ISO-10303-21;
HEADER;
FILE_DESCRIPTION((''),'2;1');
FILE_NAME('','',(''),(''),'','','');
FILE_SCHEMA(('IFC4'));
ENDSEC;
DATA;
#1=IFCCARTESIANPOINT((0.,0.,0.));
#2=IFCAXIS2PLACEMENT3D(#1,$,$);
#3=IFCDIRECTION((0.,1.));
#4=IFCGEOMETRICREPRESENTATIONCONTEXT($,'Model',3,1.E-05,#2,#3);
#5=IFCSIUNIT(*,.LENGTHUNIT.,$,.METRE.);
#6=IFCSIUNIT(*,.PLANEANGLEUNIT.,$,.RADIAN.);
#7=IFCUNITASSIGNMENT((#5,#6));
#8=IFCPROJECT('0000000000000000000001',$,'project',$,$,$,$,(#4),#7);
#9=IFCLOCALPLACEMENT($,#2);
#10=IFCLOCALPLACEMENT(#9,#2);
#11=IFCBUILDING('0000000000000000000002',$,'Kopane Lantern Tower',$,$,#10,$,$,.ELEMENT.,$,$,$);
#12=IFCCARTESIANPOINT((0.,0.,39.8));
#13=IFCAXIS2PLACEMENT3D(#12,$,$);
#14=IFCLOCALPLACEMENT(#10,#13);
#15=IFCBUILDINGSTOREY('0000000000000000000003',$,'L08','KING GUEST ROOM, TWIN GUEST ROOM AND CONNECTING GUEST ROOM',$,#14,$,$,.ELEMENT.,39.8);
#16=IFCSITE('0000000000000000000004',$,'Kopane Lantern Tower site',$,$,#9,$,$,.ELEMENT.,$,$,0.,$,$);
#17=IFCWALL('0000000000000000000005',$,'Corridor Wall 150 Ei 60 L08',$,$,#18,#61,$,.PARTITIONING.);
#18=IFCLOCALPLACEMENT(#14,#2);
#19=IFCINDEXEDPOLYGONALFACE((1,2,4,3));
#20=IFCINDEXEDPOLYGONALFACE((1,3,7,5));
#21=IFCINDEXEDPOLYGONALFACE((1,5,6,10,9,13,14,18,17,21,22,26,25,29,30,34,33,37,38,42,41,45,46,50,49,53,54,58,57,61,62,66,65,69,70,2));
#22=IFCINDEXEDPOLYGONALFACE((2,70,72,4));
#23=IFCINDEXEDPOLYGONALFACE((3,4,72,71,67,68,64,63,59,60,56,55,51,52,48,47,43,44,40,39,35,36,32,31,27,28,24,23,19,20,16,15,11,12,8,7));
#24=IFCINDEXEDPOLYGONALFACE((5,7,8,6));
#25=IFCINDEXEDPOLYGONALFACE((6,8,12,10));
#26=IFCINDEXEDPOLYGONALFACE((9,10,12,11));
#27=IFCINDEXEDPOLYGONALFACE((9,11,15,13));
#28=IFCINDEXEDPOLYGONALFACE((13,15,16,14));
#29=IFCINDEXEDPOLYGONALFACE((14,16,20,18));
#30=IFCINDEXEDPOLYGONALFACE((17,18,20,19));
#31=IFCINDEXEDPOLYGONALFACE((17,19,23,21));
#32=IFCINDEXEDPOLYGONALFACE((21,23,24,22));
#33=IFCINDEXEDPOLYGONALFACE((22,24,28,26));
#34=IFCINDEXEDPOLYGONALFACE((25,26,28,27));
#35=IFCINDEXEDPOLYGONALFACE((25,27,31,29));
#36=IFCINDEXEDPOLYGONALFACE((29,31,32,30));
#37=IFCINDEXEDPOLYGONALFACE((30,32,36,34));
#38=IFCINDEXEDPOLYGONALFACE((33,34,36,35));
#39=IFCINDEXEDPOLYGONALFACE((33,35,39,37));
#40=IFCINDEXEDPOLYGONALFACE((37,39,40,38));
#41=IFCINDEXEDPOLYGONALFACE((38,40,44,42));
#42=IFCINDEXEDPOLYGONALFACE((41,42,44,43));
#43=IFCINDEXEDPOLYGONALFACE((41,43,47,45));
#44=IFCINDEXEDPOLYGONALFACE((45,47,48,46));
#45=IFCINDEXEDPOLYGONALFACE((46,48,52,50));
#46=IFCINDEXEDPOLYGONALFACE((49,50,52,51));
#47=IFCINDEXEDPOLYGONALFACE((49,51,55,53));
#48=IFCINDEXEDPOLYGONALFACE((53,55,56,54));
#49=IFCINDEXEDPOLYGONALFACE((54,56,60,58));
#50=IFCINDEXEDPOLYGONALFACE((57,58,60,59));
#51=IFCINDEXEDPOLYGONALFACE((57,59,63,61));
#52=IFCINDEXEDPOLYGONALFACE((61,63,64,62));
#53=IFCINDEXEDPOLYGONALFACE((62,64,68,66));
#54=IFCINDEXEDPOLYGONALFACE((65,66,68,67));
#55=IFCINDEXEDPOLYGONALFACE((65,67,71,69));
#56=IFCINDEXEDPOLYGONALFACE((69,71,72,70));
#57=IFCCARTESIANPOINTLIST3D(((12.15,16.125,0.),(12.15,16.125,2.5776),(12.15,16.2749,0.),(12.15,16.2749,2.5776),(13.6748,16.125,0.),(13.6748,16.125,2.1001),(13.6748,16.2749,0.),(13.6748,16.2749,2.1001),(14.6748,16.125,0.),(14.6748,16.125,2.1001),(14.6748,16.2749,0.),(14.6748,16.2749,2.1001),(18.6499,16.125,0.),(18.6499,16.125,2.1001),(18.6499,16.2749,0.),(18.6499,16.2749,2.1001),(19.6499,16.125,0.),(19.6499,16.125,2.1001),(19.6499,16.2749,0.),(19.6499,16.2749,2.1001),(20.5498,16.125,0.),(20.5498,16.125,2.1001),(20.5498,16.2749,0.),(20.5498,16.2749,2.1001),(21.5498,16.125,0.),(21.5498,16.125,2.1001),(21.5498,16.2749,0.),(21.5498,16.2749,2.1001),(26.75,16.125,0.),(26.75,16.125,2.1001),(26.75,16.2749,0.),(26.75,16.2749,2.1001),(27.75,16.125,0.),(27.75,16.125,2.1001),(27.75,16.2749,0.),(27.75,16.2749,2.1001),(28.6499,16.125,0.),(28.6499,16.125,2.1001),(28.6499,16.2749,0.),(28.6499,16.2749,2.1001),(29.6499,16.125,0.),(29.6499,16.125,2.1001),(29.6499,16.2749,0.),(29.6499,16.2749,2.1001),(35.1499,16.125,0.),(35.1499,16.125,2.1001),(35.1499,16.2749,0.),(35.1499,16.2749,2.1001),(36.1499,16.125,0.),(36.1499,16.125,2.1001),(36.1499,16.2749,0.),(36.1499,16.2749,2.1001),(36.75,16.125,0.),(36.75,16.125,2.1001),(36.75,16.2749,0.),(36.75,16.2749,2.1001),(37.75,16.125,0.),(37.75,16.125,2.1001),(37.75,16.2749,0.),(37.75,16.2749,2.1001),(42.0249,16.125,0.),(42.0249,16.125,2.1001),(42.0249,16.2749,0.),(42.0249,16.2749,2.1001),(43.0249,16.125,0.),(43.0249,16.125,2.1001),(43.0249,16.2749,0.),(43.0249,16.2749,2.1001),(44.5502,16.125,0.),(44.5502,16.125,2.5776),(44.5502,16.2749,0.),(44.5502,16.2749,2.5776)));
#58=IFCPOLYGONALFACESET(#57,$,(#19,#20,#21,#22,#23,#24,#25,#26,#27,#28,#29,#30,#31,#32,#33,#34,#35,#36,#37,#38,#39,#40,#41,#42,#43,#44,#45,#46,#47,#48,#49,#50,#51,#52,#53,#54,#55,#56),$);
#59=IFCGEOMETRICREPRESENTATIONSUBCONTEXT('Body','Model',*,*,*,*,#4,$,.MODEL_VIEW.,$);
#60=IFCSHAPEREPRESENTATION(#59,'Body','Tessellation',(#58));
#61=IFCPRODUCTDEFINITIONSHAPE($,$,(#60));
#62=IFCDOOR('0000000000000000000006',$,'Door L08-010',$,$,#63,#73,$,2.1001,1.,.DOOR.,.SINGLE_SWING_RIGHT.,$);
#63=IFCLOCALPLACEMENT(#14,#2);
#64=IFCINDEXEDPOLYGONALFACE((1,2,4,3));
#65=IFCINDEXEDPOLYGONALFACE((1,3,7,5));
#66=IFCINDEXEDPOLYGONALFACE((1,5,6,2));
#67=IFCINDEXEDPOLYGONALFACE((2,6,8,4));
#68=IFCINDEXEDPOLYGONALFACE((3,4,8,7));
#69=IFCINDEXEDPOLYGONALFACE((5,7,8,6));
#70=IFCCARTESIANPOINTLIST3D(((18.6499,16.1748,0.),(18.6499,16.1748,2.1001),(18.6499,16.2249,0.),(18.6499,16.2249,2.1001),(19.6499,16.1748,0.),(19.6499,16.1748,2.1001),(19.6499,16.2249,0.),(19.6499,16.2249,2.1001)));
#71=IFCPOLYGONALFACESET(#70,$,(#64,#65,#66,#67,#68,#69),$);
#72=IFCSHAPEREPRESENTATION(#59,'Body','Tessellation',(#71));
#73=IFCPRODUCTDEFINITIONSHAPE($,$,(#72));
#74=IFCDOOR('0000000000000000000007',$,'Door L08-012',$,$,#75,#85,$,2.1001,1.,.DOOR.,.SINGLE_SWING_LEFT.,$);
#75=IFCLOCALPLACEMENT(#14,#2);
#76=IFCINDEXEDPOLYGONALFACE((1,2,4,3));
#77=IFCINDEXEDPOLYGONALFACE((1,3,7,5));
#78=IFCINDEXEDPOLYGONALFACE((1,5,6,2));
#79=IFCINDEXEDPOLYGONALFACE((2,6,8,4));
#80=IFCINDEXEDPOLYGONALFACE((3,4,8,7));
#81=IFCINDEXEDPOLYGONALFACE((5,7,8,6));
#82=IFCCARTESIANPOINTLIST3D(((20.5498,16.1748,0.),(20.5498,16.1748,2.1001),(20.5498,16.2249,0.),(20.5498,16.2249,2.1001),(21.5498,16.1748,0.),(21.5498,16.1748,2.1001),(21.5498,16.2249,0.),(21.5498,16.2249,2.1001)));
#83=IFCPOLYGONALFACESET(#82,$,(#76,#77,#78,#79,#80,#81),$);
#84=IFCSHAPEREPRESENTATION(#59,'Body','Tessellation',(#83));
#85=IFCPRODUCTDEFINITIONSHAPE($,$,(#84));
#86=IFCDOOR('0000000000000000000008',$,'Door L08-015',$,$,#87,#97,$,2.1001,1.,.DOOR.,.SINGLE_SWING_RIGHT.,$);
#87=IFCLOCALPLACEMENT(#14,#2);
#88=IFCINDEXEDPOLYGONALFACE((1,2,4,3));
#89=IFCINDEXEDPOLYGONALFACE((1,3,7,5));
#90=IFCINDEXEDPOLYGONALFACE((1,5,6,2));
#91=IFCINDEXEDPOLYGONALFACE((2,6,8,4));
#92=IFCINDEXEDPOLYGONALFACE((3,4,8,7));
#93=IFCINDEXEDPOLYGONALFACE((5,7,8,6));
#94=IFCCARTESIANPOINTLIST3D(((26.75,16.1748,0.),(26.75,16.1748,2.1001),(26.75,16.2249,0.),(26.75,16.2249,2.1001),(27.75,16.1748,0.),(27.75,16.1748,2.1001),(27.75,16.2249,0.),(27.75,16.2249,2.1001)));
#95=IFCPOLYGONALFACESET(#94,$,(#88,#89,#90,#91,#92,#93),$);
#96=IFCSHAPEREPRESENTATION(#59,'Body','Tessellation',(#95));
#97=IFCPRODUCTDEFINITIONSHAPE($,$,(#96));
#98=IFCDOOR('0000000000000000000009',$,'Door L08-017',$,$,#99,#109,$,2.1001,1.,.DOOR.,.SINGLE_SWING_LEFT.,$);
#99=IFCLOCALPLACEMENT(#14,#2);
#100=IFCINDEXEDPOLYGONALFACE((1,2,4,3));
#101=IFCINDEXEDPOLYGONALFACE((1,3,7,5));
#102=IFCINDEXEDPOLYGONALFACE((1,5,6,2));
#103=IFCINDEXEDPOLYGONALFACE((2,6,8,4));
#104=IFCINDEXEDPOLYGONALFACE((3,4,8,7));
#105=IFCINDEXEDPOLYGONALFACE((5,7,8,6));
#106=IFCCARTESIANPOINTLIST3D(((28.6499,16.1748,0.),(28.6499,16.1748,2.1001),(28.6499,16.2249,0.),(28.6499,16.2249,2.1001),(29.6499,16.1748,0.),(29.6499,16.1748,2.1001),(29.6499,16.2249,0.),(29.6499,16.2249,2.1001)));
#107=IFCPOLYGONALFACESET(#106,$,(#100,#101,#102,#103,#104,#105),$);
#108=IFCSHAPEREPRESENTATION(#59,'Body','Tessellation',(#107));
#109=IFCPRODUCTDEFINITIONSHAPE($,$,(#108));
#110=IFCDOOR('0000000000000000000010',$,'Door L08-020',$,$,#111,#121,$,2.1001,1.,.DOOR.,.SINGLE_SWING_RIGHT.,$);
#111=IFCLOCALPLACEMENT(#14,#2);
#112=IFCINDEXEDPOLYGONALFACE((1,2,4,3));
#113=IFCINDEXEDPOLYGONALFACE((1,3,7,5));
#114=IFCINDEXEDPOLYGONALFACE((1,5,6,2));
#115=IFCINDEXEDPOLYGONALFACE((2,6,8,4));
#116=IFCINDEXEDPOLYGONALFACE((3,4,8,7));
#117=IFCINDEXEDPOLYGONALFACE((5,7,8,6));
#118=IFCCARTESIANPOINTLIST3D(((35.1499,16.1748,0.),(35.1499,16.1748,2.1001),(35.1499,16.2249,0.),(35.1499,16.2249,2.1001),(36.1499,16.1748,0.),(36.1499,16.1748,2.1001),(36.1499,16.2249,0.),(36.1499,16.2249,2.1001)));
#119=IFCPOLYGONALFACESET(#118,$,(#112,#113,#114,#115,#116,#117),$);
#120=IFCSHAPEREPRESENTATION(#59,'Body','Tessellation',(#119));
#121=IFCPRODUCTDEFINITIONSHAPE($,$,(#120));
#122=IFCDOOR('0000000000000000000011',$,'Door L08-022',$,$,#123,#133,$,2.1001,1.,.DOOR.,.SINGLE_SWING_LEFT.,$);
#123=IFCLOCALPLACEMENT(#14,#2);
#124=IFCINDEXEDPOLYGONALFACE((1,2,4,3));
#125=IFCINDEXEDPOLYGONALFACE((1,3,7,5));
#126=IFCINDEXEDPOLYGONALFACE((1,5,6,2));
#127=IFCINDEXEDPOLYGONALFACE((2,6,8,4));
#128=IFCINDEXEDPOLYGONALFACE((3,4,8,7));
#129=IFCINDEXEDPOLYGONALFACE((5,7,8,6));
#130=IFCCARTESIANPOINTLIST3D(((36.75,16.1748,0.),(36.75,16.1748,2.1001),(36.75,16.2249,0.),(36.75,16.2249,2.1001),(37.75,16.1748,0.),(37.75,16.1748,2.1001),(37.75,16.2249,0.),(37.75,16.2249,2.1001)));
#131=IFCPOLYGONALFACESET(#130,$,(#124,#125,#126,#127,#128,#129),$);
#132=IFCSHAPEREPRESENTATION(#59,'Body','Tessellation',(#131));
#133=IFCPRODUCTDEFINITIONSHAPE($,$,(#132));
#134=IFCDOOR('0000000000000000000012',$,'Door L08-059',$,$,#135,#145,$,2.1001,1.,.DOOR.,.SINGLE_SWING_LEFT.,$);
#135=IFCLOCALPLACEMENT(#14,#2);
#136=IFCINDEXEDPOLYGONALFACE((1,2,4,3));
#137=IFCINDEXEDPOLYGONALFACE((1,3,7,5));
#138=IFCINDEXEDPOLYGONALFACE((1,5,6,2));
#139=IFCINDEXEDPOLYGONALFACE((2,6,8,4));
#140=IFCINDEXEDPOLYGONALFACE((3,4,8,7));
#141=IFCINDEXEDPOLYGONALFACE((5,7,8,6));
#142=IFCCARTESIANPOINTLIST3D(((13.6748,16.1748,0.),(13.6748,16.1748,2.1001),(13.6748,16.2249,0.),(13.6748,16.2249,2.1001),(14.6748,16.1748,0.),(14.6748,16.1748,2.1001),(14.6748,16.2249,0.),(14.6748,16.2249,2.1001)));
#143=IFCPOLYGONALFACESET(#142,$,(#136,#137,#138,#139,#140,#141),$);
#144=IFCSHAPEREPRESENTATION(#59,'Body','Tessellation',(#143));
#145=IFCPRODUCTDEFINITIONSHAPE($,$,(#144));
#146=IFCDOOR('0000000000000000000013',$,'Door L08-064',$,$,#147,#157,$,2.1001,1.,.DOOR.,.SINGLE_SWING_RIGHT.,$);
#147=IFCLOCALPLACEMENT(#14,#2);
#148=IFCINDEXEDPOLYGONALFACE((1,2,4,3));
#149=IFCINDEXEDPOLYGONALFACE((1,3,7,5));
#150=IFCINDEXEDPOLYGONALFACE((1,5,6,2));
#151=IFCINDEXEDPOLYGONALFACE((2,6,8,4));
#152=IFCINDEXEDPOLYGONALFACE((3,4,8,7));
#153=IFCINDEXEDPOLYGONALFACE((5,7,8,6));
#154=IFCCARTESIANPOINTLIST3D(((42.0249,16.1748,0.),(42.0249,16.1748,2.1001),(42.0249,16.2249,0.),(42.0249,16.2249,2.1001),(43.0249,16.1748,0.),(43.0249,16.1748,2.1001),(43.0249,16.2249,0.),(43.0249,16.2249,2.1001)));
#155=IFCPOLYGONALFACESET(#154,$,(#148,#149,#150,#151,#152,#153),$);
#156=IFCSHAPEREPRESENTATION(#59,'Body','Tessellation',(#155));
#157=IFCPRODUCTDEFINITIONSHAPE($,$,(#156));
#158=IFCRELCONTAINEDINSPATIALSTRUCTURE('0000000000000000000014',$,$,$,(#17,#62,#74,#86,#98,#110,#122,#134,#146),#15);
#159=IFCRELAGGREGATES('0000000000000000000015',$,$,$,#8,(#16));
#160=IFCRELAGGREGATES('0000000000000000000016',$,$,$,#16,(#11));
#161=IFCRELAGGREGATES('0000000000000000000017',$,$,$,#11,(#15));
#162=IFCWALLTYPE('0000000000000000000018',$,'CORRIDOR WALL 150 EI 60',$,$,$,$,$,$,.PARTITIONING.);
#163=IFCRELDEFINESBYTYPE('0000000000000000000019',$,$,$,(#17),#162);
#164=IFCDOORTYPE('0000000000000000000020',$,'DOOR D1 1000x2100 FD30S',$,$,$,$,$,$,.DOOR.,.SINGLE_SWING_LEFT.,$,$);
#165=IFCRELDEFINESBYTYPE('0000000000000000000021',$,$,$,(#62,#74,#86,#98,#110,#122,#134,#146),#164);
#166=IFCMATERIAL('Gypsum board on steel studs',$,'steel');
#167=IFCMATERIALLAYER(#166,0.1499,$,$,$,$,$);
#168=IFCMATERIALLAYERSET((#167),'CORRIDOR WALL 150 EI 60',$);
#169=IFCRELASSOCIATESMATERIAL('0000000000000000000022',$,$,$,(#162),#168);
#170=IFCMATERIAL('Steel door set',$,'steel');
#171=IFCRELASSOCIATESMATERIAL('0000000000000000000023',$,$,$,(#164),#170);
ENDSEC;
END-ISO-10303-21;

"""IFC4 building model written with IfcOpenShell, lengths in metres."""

from ifc_helpers import new_model, si_unit, direction, frame, frame_2d, origin, place, context, subcontext, project, spatial, rectangle, extrude, material, layer, layer_set, type_object, element, fill, save


model = new_model("IFC4")

# Units and contexts
model_context = context("Model", 3, precision=1e-05, world=origin(), true_north=direction((0.0, 1.0)))
body_context = subcontext(model_context, "Body", "Model", "MODEL_VIEW")
ifc_project = project(units=[si_unit("LENGTHUNIT", "METRE"), si_unit("PLANEANGLEUNIT", "RADIAN")], contexts=[model_context])

# Site, building, storey
site_placement = place(None, origin())
site = spatial("IfcSite", under=ifc_project, at=site_placement, Name="Kopane Lantern Tower site", CompositionType="ELEMENT", RefElevation=0.0)
building_placement = place(site_placement, origin())
building = spatial("IfcBuilding", under=site, at=building_placement, Name="Kopane Lantern Tower", CompositionType="ELEMENT")
storey_placement = place(building_placement, frame((0.0, 0.0, 39.8)))
storey = spatial("IfcBuildingStorey", under=building, at=storey_placement, Name="L08", Description="KING GUEST ROOM, TWIN GUEST ROOM AND CONNECTING GUEST ROOM", CompositionType="ELEMENT", Elevation=39.8)

# Wall, openings, doors
ifc_material_1 = material(Name="Gypsum board on steel studs", Category="steel")
ifc_layer_1 = layer(ifc_material_1, 0.1499)
ifc_layer_set_1 = layer_set([ifc_layer_1], Name="CORRIDOR WALL 150 EI 60")
wall_type_1 = type_object("IfcWallType", Name="CORRIDOR WALL 150 EI 60", PredefinedType="PARTITIONING", material=ifc_layer_set_1)
wall_1_placement = place(storey_placement, frame((12.1499, 16.2, 0.0), z_axis=(0.0, 0.0, 1.0), x_axis=(1.0, 0.0, 0.0)))
wall_1 = element("IfcWall", 1, at=wall_1_placement, inside=storey, type_object=wall_type_1, Name="Corridor Wall 150 Ei 60 L08", PredefinedType="PARTITIONING", context=body_context, shape_type="SweptSolid", body=[
    extrude(rectangle(XDim=32.4001, YDim=0.1499, at=frame_2d((16.2002, 0.0))), origin(), (0.0, 0.0, 1.0), 2.5776),
])
opening_1_placement = place(wall_1_placement, frame((6.5, 0.0, 0.0)))
opening_1 = element("IfcOpeningElement", 2, at=opening_1_placement, cuts=wall_1, PredefinedType="OPENING", context=body_context, shape_type="SweptSolid", body=[
    extrude(rectangle(XDim=1.0, YDim=2.1001, at=frame_2d((0.5, 1.05))), frame((0.0, 0.085, 0.0), z_axis=(0.0, -1.0, 0.0), x_axis=(1.0, 0.0, 0.0)), (0.0, 0.0, 1.0), 0.1699),
])
opening_2_placement = place(wall_1_placement, frame((8.3999, 0.0, 0.0)))
opening_2 = element("IfcOpeningElement", 3, at=opening_2_placement, cuts=wall_1, PredefinedType="OPENING", context=body_context, shape_type="SweptSolid", body=[
    extrude(rectangle(XDim=1.0, YDim=2.1001, at=frame_2d((0.5, 1.05))), frame((0.0, 0.085, 0.0), z_axis=(0.0, -1.0, 0.0), x_axis=(1.0, 0.0, 0.0)), (0.0, 0.0, 1.0), 0.1699),
])
opening_3_placement = place(wall_1_placement, frame((14.6001, 0.0, 0.0)))
opening_3 = element("IfcOpeningElement", 4, at=opening_3_placement, cuts=wall_1, PredefinedType="OPENING", context=body_context, shape_type="SweptSolid", body=[
    extrude(rectangle(XDim=1.0, YDim=2.1001, at=frame_2d((0.5, 1.05))), frame((0.0, 0.085, 0.0), z_axis=(0.0, -1.0, 0.0), x_axis=(1.0, 0.0, 0.0)), (0.0, 0.0, 1.0), 0.1699),
])
opening_4_placement = place(wall_1_placement, frame((16.5, 0.0, 0.0)))
opening_4 = element("IfcOpeningElement", 5, at=opening_4_placement, cuts=wall_1, PredefinedType="OPENING", context=body_context, shape_type="SweptSolid", body=[
    extrude(rectangle(XDim=1.0, YDim=2.1001, at=frame_2d((0.5, 1.05))), frame((0.0, 0.085, 0.0), z_axis=(0.0, -1.0, 0.0), x_axis=(1.0, 0.0, 0.0)), (0.0, 0.0, 1.0), 0.1699),
])
opening_5_placement = place(wall_1_placement, frame((23.0, 0.0, 0.0)))
opening_5 = element("IfcOpeningElement", 6, at=opening_5_placement, cuts=wall_1, PredefinedType="OPENING", context=body_context, shape_type="SweptSolid", body=[
    extrude(rectangle(XDim=1.0, YDim=2.1001, at=frame_2d((0.5, 1.05))), frame((0.0, 0.085, 0.0), z_axis=(0.0, -1.0, 0.0), x_axis=(1.0, 0.0, 0.0)), (0.0, 0.0, 1.0), 0.1699),
])
opening_6_placement = place(wall_1_placement, frame((24.6001, 0.0, 0.0)))
opening_6 = element("IfcOpeningElement", 7, at=opening_6_placement, cuts=wall_1, PredefinedType="OPENING", context=body_context, shape_type="SweptSolid", body=[
    extrude(rectangle(XDim=1.0, YDim=2.1001, at=frame_2d((0.5, 1.05))), frame((0.0, 0.085, 0.0), z_axis=(0.0, -1.0, 0.0), x_axis=(1.0, 0.0, 0.0)), (0.0, 0.0, 1.0), 0.1699),
])
opening_7_placement = place(wall_1_placement, frame((1.5249, 0.0, 0.0)))
opening_7 = element("IfcOpeningElement", 8, at=opening_7_placement, cuts=wall_1, PredefinedType="OPENING", context=body_context, shape_type="SweptSolid", body=[
    extrude(rectangle(XDim=1.0, YDim=2.1001, at=frame_2d((0.5, 1.05))), frame((0.0, 0.085, 0.0), z_axis=(0.0, -1.0, 0.0), x_axis=(1.0, 0.0, 0.0)), (0.0, 0.0, 1.0), 0.1699),
])
opening_8_placement = place(wall_1_placement, frame((29.875, 0.0, 0.0)))
opening_8 = element("IfcOpeningElement", 9, at=opening_8_placement, cuts=wall_1, PredefinedType="OPENING", context=body_context, shape_type="SweptSolid", body=[
    extrude(rectangle(XDim=1.0, YDim=2.1001, at=frame_2d((0.5, 1.05))), frame((0.0, 0.085, 0.0), z_axis=(0.0, -1.0, 0.0), x_axis=(1.0, 0.0, 0.0)), (0.0, 0.0, 1.0), 0.1699),
])
ifc_material_2 = material(Name="Steel door set", Category="steel")
door_type = type_object("IfcDoorType", Name="DOOR D1 1000x2100 FD30S", OperationType="SINGLE_SWING_LEFT", PredefinedType="DOOR", material=ifc_material_2)
door_1_placement = place(opening_1_placement, origin())
door_1 = element("IfcDoor", 10, at=door_1_placement, inside=storey, type_object=door_type, Name="Door L08-010", OperationType="SINGLE_SWING_RIGHT", OverallHeight=2.1001, OverallWidth=1.0, PredefinedType="DOOR", context=body_context, shape_type="SweptSolid", body=[
    extrude(rectangle(XDim=1.0, YDim=2.1001, at=frame_2d((0.5, 1.05))), frame((0.0, 0.0249, 0.0), z_axis=(0.0, -1.0, 0.0), x_axis=(1.0, 0.0, 0.0)), (0.0, 0.0, 1.0), 0.05),
])
fill(opening_1, door_1)
door_2_placement = place(opening_2_placement, origin())
door_2 = element("IfcDoor", 11, at=door_2_placement, inside=storey, type_object=door_type, Name="Door L08-012", OperationType="SINGLE_SWING_LEFT", OverallHeight=2.1001, OverallWidth=1.0, PredefinedType="DOOR", context=body_context, shape_type="SweptSolid", body=[
    extrude(rectangle(XDim=1.0, YDim=2.1001, at=frame_2d((0.5, 1.05))), frame((0.0, 0.0249, 0.0), z_axis=(0.0, -1.0, 0.0), x_axis=(1.0, 0.0, 0.0)), (0.0, 0.0, 1.0), 0.05),
])
fill(opening_2, door_2)
door_3_placement = place(opening_3_placement, origin())
door_3 = element("IfcDoor", 12, at=door_3_placement, inside=storey, type_object=door_type, Name="Door L08-015", OperationType="SINGLE_SWING_RIGHT", OverallHeight=2.1001, OverallWidth=1.0, PredefinedType="DOOR", context=body_context, shape_type="SweptSolid", body=[
    extrude(rectangle(XDim=1.0, YDim=2.1001, at=frame_2d((0.5, 1.05))), frame((0.0, 0.0249, 0.0), z_axis=(0.0, -1.0, 0.0), x_axis=(1.0, 0.0, 0.0)), (0.0, 0.0, 1.0), 0.05),
])
fill(opening_3, door_3)
door_4_placement = place(opening_4_placement, origin())
door_4 = element("IfcDoor", 13, at=door_4_placement, inside=storey, type_object=door_type, Name="Door L08-017", OperationType="SINGLE_SWING_LEFT", OverallHeight=2.1001, OverallWidth=1.0, PredefinedType="DOOR", context=body_context, shape_type="SweptSolid", body=[
    extrude(rectangle(XDim=1.0, YDim=2.1001, at=frame_2d((0.5, 1.05))), frame((0.0, 0.0249, 0.0), z_axis=(0.0, -1.0, 0.0), x_axis=(1.0, 0.0, 0.0)), (0.0, 0.0, 1.0), 0.05),
])
fill(opening_4, door_4)
door_5_placement = place(opening_5_placement, origin())
door_5 = element("IfcDoor", 14, at=door_5_placement, inside=storey, type_object=door_type, Name="Door L08-020", OperationType="SINGLE_SWING_RIGHT", OverallHeight=2.1001, OverallWidth=1.0, PredefinedType="DOOR", context=body_context, shape_type="SweptSolid", body=[
    extrude(rectangle(XDim=1.0, YDim=2.1001, at=frame_2d((0.5, 1.05))), frame((0.0, 0.0249, 0.0), z_axis=(0.0, -1.0, 0.0), x_axis=(1.0, 0.0, 0.0)), (0.0, 0.0, 1.0), 0.05),
])
fill(opening_5, door_5)
door_6_placement = place(opening_6_placement, origin())
door_6 = element("IfcDoor", 15, at=door_6_placement, inside=storey, type_object=door_type, Name="Door L08-022", OperationType="SINGLE_SWING_LEFT", OverallHeight=2.1001, OverallWidth=1.0, PredefinedType="DOOR", context=body_context, shape_type="SweptSolid", body=[
    extrude(rectangle(XDim=1.0, YDim=2.1001, at=frame_2d((0.5, 1.05))), frame((0.0, 0.0249, 0.0), z_axis=(0.0, -1.0, 0.0), x_axis=(1.0, 0.0, 0.0)), (0.0, 0.0, 1.0), 0.05),
])
fill(opening_6, door_6)
door_7_placement = place(opening_7_placement, origin())
door_7 = element("IfcDoor", 16, at=door_7_placement, inside=storey, type_object=door_type, Name="Door L08-059", OperationType="SINGLE_SWING_LEFT", OverallHeight=2.1001, OverallWidth=1.0, PredefinedType="DOOR", context=body_context, shape_type="SweptSolid", body=[
    extrude(rectangle(XDim=1.0, YDim=2.1001, at=frame_2d((0.5, 1.05))), frame((0.0, 0.0249, 0.0), z_axis=(0.0, -1.0, 0.0), x_axis=(1.0, 0.0, 0.0)), (0.0, 0.0, 1.0), 0.05),
])
fill(opening_7, door_7)
door_8_placement = place(opening_8_placement, origin())
door_8 = element("IfcDoor", 17, at=door_8_placement, inside=storey, type_object=door_type, Name="Door L08-064", OperationType="SINGLE_SWING_RIGHT", OverallHeight=2.1001, OverallWidth=1.0, PredefinedType="DOOR", context=body_context, shape_type="SweptSolid", body=[
    extrude(rectangle(XDim=1.0, YDim=2.1001, at=frame_2d((0.5, 1.05))), frame((0.0, 0.0249, 0.0), z_axis=(0.0, -1.0, 0.0), x_axis=(1.0, 0.0, 0.0)), (0.0, 0.0, 1.0), 0.05),
])
fill(opening_8, door_8)

save(model, "model.ifc")
